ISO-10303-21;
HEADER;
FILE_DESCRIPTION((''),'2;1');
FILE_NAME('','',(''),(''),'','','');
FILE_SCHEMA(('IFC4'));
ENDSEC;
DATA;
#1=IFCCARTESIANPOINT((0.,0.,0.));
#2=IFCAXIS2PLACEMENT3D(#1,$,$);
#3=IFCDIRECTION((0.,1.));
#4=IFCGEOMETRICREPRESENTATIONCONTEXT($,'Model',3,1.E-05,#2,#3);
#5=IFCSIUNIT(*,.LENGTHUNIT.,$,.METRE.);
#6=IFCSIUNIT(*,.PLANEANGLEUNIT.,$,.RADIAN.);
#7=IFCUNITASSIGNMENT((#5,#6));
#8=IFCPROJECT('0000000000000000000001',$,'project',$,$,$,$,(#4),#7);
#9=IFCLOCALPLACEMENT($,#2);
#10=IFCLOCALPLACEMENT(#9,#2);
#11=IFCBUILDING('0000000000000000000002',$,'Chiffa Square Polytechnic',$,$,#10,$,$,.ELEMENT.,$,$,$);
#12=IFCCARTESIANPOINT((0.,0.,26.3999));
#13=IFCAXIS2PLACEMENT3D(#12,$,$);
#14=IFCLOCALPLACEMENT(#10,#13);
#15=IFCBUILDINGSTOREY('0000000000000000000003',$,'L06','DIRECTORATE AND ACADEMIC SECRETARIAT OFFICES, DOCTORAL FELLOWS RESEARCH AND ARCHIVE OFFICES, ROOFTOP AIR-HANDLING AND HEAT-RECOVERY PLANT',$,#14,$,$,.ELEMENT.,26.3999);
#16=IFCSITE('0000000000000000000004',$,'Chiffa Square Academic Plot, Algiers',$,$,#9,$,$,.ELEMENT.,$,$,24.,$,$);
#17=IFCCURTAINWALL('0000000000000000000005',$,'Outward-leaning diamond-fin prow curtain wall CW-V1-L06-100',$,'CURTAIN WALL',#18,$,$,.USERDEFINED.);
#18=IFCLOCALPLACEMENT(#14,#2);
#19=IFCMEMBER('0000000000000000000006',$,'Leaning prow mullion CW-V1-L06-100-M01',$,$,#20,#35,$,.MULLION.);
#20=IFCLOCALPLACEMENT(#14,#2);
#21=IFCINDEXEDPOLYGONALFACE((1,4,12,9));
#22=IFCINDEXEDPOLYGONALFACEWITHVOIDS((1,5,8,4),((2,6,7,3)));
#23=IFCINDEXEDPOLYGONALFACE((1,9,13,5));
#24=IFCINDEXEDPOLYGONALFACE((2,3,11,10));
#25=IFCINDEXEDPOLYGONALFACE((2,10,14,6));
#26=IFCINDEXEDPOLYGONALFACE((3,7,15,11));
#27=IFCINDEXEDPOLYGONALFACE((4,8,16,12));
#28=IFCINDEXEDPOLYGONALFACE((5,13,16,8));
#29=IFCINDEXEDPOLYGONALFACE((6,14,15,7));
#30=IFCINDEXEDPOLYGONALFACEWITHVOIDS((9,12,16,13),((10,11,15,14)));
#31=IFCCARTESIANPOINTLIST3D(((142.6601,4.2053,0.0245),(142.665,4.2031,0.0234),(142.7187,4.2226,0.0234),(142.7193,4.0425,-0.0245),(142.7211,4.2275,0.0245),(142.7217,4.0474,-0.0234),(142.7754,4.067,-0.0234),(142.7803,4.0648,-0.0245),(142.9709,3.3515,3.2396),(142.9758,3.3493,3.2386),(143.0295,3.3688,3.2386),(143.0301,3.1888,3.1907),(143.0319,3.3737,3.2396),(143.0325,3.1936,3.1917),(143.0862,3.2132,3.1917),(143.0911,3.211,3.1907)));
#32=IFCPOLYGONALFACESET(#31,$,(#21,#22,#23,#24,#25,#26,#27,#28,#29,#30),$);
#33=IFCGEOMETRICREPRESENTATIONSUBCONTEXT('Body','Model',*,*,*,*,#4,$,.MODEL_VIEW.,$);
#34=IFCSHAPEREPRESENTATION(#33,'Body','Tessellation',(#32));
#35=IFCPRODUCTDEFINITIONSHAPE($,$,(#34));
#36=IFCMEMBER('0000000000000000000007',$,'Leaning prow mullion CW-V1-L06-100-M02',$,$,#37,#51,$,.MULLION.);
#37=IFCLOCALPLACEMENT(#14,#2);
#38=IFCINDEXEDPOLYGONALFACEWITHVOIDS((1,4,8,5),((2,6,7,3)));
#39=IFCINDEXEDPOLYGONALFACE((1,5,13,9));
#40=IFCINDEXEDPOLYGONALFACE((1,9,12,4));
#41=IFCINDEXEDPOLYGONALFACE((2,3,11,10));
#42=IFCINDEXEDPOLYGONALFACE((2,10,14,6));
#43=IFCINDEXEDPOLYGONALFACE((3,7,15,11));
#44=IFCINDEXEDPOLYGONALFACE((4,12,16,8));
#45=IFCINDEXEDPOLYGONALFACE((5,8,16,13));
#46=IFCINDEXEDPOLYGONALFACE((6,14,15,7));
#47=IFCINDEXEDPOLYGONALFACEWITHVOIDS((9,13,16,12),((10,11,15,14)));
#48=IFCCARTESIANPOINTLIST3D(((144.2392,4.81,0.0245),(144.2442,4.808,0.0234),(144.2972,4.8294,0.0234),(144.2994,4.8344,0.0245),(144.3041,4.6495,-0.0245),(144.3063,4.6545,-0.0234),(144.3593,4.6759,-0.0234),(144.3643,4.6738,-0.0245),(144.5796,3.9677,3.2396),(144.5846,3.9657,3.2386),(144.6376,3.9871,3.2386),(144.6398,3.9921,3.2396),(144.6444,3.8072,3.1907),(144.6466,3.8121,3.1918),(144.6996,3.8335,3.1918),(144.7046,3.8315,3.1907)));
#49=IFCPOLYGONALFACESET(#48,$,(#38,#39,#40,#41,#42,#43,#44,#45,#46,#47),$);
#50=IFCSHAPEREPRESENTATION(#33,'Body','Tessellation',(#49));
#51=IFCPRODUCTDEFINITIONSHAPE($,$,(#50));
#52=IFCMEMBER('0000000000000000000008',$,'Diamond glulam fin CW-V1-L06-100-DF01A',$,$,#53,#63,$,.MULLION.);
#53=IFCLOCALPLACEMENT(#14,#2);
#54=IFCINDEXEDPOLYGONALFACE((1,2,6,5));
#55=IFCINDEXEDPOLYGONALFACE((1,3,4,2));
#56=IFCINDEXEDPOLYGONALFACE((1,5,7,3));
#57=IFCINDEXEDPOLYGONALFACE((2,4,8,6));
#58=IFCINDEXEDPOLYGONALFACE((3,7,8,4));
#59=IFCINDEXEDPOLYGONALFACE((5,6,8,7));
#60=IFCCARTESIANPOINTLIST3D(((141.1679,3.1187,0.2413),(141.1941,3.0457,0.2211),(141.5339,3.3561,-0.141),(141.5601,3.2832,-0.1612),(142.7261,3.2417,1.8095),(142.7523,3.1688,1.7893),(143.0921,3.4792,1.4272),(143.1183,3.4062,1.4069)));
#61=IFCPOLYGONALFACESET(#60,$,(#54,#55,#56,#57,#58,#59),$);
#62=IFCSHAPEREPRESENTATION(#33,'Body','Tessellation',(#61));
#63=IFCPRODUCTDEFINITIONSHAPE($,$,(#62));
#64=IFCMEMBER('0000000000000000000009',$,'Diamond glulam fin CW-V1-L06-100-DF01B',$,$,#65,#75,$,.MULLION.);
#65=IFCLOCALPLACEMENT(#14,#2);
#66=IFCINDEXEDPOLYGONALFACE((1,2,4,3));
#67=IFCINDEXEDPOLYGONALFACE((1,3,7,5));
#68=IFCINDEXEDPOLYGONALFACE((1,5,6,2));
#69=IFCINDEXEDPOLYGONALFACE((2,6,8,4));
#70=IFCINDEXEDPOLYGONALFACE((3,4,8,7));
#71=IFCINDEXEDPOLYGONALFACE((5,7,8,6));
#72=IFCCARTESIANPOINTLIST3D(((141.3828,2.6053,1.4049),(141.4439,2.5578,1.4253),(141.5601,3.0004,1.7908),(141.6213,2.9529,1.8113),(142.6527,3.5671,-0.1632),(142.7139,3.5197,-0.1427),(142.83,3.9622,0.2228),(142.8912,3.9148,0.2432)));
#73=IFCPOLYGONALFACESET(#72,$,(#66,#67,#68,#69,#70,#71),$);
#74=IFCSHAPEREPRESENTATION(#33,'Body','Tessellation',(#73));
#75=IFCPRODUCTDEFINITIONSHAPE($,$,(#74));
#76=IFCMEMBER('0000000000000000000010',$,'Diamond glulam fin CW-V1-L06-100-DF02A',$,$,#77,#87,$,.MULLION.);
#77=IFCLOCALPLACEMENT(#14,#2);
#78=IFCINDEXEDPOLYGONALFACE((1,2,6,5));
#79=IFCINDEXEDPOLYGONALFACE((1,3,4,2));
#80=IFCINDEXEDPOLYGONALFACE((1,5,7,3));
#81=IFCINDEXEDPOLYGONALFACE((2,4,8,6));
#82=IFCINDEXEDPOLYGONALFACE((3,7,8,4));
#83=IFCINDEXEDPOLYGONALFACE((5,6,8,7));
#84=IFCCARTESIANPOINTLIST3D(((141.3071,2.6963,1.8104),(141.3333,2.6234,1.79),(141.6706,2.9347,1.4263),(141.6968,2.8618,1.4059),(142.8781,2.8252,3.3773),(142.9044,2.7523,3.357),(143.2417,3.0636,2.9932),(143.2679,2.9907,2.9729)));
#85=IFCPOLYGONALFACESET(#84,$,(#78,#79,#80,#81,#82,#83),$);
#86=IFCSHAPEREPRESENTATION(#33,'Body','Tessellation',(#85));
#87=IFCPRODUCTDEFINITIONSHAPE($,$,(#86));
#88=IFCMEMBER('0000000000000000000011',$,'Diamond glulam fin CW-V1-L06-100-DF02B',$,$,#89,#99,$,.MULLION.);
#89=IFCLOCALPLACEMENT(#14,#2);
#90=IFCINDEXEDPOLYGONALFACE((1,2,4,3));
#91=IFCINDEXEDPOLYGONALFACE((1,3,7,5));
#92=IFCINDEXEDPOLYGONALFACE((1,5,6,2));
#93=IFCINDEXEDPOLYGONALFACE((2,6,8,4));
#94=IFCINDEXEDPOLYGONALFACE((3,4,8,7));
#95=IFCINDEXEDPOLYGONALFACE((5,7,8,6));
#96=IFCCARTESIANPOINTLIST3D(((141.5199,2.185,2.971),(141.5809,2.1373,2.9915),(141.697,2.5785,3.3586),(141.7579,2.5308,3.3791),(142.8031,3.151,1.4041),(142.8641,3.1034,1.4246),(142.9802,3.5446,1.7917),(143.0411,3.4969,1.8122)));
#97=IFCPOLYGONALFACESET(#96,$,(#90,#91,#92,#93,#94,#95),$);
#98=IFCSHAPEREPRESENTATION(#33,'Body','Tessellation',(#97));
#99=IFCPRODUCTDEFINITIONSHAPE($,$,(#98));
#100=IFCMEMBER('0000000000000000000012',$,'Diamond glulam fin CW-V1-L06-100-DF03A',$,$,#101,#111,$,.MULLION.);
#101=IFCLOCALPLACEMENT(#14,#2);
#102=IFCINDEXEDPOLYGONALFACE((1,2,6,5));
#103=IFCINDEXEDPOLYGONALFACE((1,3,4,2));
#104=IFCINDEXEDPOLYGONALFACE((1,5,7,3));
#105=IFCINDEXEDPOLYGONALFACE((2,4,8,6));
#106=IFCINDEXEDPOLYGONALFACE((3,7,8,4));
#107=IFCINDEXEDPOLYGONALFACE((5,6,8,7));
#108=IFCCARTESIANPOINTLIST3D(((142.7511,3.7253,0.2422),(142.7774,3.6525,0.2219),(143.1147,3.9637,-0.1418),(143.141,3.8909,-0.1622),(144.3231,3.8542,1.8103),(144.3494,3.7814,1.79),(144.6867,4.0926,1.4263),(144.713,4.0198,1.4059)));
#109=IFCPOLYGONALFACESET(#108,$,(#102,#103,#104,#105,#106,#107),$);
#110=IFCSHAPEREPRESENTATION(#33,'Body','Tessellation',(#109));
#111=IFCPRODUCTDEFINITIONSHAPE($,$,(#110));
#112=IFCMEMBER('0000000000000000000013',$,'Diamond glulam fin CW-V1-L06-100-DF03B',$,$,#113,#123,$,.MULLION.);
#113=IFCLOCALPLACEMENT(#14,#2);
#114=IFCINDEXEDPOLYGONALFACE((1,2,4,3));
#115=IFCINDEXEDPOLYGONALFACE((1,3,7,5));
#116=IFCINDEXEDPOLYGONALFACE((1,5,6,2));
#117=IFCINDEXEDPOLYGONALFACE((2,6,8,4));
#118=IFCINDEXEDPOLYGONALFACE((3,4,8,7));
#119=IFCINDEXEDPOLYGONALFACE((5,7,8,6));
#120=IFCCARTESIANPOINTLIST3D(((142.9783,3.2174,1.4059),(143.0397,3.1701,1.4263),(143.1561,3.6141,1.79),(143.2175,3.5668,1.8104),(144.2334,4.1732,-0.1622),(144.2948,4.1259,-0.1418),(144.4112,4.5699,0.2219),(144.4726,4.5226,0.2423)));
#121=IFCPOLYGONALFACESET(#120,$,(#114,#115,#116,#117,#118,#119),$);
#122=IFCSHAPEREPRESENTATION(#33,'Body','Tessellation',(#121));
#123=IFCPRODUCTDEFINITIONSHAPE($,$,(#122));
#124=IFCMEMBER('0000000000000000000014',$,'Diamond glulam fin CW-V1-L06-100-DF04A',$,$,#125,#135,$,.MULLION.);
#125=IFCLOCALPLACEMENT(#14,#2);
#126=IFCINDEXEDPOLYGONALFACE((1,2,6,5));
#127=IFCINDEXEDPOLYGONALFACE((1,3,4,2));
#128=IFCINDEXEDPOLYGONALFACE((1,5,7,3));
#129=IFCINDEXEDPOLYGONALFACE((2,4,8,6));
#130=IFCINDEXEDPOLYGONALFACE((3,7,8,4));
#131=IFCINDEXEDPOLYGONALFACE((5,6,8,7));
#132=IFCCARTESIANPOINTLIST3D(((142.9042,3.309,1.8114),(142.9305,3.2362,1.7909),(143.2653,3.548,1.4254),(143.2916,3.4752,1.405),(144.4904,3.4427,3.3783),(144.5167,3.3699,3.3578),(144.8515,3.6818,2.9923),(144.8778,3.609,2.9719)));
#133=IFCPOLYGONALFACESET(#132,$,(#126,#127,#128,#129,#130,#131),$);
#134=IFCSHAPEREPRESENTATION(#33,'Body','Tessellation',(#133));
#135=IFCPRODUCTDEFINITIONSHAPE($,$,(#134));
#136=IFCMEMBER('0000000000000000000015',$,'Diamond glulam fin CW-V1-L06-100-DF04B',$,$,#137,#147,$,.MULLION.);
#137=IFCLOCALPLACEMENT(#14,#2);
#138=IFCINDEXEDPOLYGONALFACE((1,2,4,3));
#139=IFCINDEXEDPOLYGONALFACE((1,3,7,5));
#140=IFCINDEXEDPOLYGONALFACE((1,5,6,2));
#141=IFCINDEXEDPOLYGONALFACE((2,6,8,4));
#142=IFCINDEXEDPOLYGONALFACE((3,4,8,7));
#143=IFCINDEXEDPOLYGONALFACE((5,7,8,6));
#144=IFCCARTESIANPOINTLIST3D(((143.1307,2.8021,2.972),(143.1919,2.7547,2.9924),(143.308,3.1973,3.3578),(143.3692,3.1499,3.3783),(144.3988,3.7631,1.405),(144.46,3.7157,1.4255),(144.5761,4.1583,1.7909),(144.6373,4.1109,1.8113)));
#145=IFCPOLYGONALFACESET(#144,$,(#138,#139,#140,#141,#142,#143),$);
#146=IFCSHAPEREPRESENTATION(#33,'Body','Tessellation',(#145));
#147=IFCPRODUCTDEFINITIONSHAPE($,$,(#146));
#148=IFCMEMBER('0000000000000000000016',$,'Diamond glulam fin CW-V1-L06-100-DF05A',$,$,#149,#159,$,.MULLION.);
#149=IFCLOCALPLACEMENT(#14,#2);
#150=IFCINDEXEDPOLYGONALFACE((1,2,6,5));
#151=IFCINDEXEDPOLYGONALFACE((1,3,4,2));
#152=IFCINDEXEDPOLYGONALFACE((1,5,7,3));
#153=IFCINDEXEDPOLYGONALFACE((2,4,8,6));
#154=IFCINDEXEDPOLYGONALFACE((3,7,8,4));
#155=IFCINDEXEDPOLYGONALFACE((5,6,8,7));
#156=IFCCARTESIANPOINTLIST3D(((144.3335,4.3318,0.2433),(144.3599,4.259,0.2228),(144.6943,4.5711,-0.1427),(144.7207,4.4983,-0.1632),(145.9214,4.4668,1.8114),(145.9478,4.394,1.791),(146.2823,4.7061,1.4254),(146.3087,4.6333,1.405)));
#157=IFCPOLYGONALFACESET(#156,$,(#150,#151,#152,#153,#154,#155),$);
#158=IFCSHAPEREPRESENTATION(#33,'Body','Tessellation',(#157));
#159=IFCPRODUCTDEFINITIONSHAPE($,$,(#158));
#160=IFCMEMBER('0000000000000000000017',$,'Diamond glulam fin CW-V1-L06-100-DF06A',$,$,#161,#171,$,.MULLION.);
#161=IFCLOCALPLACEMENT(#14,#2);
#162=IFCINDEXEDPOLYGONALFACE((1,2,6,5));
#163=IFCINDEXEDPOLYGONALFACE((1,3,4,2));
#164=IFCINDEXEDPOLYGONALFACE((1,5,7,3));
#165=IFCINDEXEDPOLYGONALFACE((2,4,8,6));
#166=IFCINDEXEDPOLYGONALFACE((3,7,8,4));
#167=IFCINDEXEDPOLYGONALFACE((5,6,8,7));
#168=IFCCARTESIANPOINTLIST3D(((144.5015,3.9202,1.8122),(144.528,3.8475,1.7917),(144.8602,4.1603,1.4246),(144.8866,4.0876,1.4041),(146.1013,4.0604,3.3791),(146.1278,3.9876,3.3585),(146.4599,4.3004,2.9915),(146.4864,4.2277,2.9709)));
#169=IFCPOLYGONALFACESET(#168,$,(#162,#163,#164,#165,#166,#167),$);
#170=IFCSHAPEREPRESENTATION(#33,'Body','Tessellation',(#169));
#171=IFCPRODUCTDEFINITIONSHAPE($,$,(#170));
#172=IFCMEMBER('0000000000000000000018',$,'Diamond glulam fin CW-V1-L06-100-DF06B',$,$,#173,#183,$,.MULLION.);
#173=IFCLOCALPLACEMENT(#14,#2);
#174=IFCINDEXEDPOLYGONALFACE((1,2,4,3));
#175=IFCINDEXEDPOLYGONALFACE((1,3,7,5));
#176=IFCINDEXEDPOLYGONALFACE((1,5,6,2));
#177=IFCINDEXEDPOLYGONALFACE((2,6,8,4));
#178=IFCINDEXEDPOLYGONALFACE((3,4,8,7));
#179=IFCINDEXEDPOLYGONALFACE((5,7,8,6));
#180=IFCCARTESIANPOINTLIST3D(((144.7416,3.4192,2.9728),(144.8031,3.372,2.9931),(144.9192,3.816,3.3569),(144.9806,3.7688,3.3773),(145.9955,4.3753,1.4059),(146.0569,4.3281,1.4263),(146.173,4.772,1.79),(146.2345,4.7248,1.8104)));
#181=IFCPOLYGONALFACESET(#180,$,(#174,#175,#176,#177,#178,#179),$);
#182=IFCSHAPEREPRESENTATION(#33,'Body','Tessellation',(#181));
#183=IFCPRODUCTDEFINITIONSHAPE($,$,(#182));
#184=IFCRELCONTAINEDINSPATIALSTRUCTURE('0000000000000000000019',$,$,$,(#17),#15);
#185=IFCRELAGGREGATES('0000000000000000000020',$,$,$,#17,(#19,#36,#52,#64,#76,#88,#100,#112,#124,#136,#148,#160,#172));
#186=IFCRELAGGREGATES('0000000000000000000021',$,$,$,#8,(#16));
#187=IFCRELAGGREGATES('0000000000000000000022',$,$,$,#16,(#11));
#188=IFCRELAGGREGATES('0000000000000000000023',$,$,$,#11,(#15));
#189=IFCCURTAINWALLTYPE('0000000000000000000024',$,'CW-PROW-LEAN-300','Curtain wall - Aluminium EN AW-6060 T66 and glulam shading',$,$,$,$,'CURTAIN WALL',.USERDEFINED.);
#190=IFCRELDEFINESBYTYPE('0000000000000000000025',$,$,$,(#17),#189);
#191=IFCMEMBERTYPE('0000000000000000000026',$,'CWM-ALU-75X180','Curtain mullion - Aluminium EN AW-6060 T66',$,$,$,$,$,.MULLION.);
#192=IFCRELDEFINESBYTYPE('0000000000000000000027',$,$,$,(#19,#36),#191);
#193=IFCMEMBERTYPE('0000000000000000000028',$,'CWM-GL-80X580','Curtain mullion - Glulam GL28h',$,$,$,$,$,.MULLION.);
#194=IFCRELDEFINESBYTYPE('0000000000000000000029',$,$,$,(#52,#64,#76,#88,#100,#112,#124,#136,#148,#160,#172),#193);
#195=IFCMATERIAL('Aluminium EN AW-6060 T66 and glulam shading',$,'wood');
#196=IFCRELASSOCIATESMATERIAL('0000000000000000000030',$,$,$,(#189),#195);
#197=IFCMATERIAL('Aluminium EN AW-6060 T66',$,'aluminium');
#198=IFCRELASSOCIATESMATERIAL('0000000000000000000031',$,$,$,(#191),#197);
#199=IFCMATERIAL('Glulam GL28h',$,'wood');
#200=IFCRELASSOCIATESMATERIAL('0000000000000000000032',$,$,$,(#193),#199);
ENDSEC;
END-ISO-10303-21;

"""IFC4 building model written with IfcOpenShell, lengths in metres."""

from ifc_helpers import new_model, si_unit, direction, frame, origin, origin_2d, place, context, subcontext, project, spatial, rectangle, hollow_rectangle, extrude, material, material_profile, profile_set, type_object, element, aggregate, save


model = new_model("IFC4")

# Units and contexts
model_context = context("Model", 3, precision=1e-05, world=origin(), true_north=direction((0.0, 1.0)))
body_context = subcontext(model_context, "Body", "Model", "MODEL_VIEW")
ifc_project = project(units=[si_unit("LENGTHUNIT", "METRE"), si_unit("PLANEANGLEUNIT", "RADIAN")], contexts=[model_context])

# Site, building, storey
site_placement = place(None, origin())
site = spatial("IfcSite", under=ifc_project, at=site_placement, Name="Chiffa Square Academic Plot, Algiers", CompositionType="ELEMENT", RefElevation=24.0)
building_placement = place(site_placement, origin())
building = spatial("IfcBuilding", under=site, at=building_placement, Name="Chiffa Square Polytechnic", CompositionType="ELEMENT")
storey_placement = place(building_placement, frame((0.0, 0.0, 26.3999)))
storey = spatial("IfcBuildingStorey", under=building, at=storey_placement, Name="L06", Description="DIRECTORATE AND ACADEMIC SECRETARIAT OFFICES, DOCTORAL FELLOWS RESEARCH AND ARCHIVE OFFICES, ROOFTOP AIR-HANDLING AND HEAT-RECOVERY PLANT", CompositionType="ELEMENT", Elevation=26.3999)

# Curtain wall, members
ifc_material_1 = material(Name="Aluminium EN AW-6060 T66 and glulam shading", Category="wood")
curtain_wall_type_1 = type_object("IfcCurtainWallType", Name="CW-PROW-LEAN-300", Description="Curtain wall - Aluminium EN AW-6060 T66 and glulam shading", ElementType="CURTAIN WALL", PredefinedType="USERDEFINED", material=ifc_material_1)
curtain_wall_1_placement = place(storey_placement, origin())
curtain_wall_1 = element("IfcCurtainWall", 1, at=curtain_wall_1_placement, inside=storey, type_object=curtain_wall_type_1, Name="Outward-leaning diamond-fin prow curtain wall CW-V1-L06-100", ObjectType="CURTAIN WALL", PredefinedType="USERDEFINED")
ifc_material_2 = material(Name="Aluminium EN AW-6060 T66", Category="aluminium")
ifc_material_profile_1 = material_profile(ifc_material_2, hollow_rectangle(XDim=0.0649, YDim=0.1799, WallThickness=0.0039, at=origin_2d()), Name="ALU 65x180x4")
ifc_profile_set_1 = profile_set([ifc_material_profile_1], Name="Aluminium EN AW-6060 T66")
member_type_1 = type_object("IfcMemberType", Name="CWM-ALU-75X180", Description="Curtain mullion - Aluminium EN AW-6060 T66", PredefinedType="MULLION", material=ifc_profile_set_1)
member_1_placement = place(storey_placement, frame((142.7202, 4.135, 0.0), z_axis=(0.093023, -0.25554, 0.962313), x_axis=(0.939676, 0.342067, 0.0)))
member_1 = element("IfcMember", 2, at=member_1_placement, type_object=member_type_1, Name="Leaning prow mullion CW-V1-L06-100-M01", PredefinedType="MULLION", context=body_context, shape_type="SweptSolid", body=[
    extrude(hollow_rectangle(XDim=0.0649, YDim=0.1799, WallThickness=0.0039, at=origin_2d()), origin(), (0.0, 0.0, 1.0), 3.3411),
])
member_2_placement = place(storey_placement, frame((144.3018, 4.7419, 0.0), z_axis=(0.101866, -0.252108, 0.962323), x_axis=(0.927174, 0.374632, 0.0)))
member_2 = element("IfcMember", 3, at=member_2_placement, type_object=member_type_1, Name="Leaning prow mullion CW-V1-L06-100-M02", PredefinedType="MULLION", context=body_context, shape_type="SweptSolid", body=[
    extrude(hollow_rectangle(XDim=0.0649, YDim=0.1799, WallThickness=0.0039, at=origin_2d()), origin(), (0.0, 0.0, 1.0), 3.3411),
])
ifc_material_3 = material(Name="Glulam GL28h", Category="wood")
ifc_material_profile_2 = material_profile(ifc_material_3, rectangle(XDim=0.0801, YDim=0.5801, at=origin_2d()), Name="GL28h 80x580")
ifc_profile_set_2 = profile_set([ifc_material_profile_2], Name="Glulam GL28h")
member_type_2 = type_object("IfcMemberType", Name="CWM-GL-80X580", Description="Curtain mullion - Glulam GL28h", PredefinedType="MULLION", material=ifc_profile_set_2)
member_3_placement = place(storey_placement, frame((141.364, 3.2009, 0.04), z_axis=(0.70375, 0.055577, 0.708271), x_axis=(-0.326532, 0.9107, 0.252987)))
member_3 = element("IfcMember", 4, at=member_3_placement, type_object=member_type_2, Name="Diamond glulam fin CW-V1-L06-100-DF01A", PredefinedType="MULLION", context=body_context, shape_type="SweptSolid", body=[
    extrude(rectangle(XDim=0.0801, YDim=0.5801, at=origin_2d()), origin(), (0.0, 0.0, 1.0), 2.2141),
])
member_4_placement = place(storey_placement, frame((142.772, 3.741, 0.04), z_axis=(-0.568128, -0.430301, 0.701478), x_axis=(0.764063, -0.592432, 0.255406)))
member_4 = element("IfcMember", 5, at=member_4_placement, type_object=member_type_2, Name="Diamond glulam fin CW-V1-L06-100-DF01B", PredefinedType="MULLION", context=body_context, shape_type="SweptSolid", body=[
    extrude(rectangle(XDim=0.0801, YDim=0.5801, at=origin_2d()), origin(), (0.0, 0.0, 1.0), 2.2354),
])
member_5_placement = place(storey_placement, frame((141.502, 2.7791, 1.6082), z_axis=(0.70685, 0.057998, 0.704982), x_axis=(-0.328142, 0.909793, 0.254164)))
member_5 = element("IfcMember", 6, at=member_5_placement, type_object=member_type_2, Name="Diamond glulam fin CW-V1-L06-100-DF02A", PredefinedType="MULLION", context=body_context, shape_type="SweptSolid", body=[
    extrude(rectangle(XDim=0.0801, YDim=0.5801, at=origin_2d()), origin(), (0.0, 0.0, 1.0), 2.2227),
])
member_6_placement = place(storey_placement, frame((142.9221, 3.324, 1.6082), z_axis=(-0.571865, -0.430531, 0.698293), x_axis=(0.761432, -0.595329, 0.256524)))
member_6 = element("IfcMember", 7, at=member_6_placement, type_object=member_type_2, Name="Diamond glulam fin CW-V1-L06-100-DF02B", PredefinedType="MULLION", context=body_context, shape_type="SweptSolid", body=[
    extrude(rectangle(XDim=0.0801, YDim=0.5801, at=origin_2d()), origin(), (0.0, 0.0, 1.0), 2.2439),
])
member_7_placement = place(storey_placement, frame((142.946, 3.8081, 0.04), z_axis=(0.706796, 0.057957, 0.705039), x_axis=(-0.328116, 0.909808, 0.254143)))
member_7 = element("IfcMember", 8, at=member_7_placement, type_object=member_type_2, Name="Diamond glulam fin CW-V1-L06-100-DF03A", PredefinedType="MULLION", context=body_context, shape_type="SweptSolid", body=[
    extrude(rectangle(XDim=0.0801, YDim=0.5801, at=origin_2d()), origin(), (0.0, 0.0, 1.0), 2.2241),
])
member_8_placement = place(storey_placement, frame((144.353, 4.3479, 0.04), z_axis=(-0.564257, -0.429696, 0.704965), x_axis=(0.766604, -0.589675, 0.25417)))
member_8 = element("IfcMember", 9, at=member_8_placement, type_object=member_type_2, Name="Diamond glulam fin CW-V1-L06-100-DF03B", PredefinedType="MULLION", context=body_context, shape_type="SweptSolid", body=[
    extrude(rectangle(XDim=0.0801, YDim=0.5801, at=origin_2d()), origin(), (0.0, 0.0, 1.0), 2.2244),
])
member_9_placement = place(storey_placement, frame((143.0979, 3.3921, 1.6082), z_axis=(0.710141, 0.059898, 0.701506), x_axis=(-0.328974, 0.909148, 0.255396)))
member_9 = element("IfcMember", 10, at=member_9_placement, type_object=member_type_2, Name="Diamond glulam fin CW-V1-L06-100-DF04A", PredefinedType="MULLION", context=body_context, shape_type="SweptSolid", body=[
    extrude(rectangle(XDim=0.0801, YDim=0.5801, at=origin_2d()), origin(), (0.0, 0.0, 1.0), 2.2336),
])
member_10_placement = place(storey_placement, frame((144.5181, 3.937, 1.6082), z_axis=(-0.567861, -0.430323, 0.701681), x_axis=(0.76427, -0.592196, 0.255334)))
member_10 = element("IfcMember", 11, at=member_10_placement, type_object=member_type_2, Name="Diamond glulam fin CW-V1-L06-100-DF04B", PredefinedType="MULLION", context=body_context, shape_type="SweptSolid", body=[
    extrude(rectangle(XDim=0.0801, YDim=0.5801, at=origin_2d()), origin(), (0.0, 0.0, 1.0), 2.2332),
])
member_11_placement = place(storey_placement, frame((144.5271, 4.415, 0.04), z_axis=(0.710225, 0.060387, 0.70138), x_axis=(-0.32954, 0.90893, 0.25544)))
member_11 = element("IfcMember", 12, at=member_11_placement, type_object=member_type_2, Name="Diamond glulam fin CW-V1-L06-100-DF05A", PredefinedType="MULLION", context=body_context, shape_type="SweptSolid", body=[
    extrude(rectangle(XDim=0.0801, YDim=0.5801, at=origin_2d()), origin(), (0.0, 0.0, 1.0), 2.2358),
])
member_12_placement = place(storey_placement, frame((144.6941, 4.0039, 1.6082), z_axis=(0.713033, 0.062457, 0.698343), x_axis=(-0.330773, 0.908182, 0.256506)))
member_12 = element("IfcMember", 13, at=member_12_placement, type_object=member_type_2, Name="Diamond glulam fin CW-V1-L06-100-DF06A", PredefinedType="MULLION", context=body_context, shape_type="SweptSolid", body=[
    extrude(rectangle(XDim=0.0801, YDim=0.5801, at=origin_2d()), origin(), (0.0, 0.0, 1.0), 2.2437),
])
member_13_placement = place(storey_placement, frame((146.115, 4.55, 1.6082), z_axis=(-0.564075, -0.430085, 0.704874), x_axis=(0.766927, -0.589241, 0.254202)))
member_13 = element("IfcMember", 14, at=member_13_placement, type_object=member_type_2, Name="Diamond glulam fin CW-V1-L06-100-DF06B", PredefinedType="MULLION", context=body_context, shape_type="SweptSolid", body=[
    extrude(rectangle(XDim=0.0801, YDim=0.5801, at=origin_2d()), origin(), (0.0, 0.0, 1.0), 2.2229),
])

aggregate(curtain_wall_1, [member_1, member_2, member_3, member_4, member_5, member_6, member_7, member_8, member_9, member_10, member_11, member_12, member_13])

save(model, "model.ifc")
